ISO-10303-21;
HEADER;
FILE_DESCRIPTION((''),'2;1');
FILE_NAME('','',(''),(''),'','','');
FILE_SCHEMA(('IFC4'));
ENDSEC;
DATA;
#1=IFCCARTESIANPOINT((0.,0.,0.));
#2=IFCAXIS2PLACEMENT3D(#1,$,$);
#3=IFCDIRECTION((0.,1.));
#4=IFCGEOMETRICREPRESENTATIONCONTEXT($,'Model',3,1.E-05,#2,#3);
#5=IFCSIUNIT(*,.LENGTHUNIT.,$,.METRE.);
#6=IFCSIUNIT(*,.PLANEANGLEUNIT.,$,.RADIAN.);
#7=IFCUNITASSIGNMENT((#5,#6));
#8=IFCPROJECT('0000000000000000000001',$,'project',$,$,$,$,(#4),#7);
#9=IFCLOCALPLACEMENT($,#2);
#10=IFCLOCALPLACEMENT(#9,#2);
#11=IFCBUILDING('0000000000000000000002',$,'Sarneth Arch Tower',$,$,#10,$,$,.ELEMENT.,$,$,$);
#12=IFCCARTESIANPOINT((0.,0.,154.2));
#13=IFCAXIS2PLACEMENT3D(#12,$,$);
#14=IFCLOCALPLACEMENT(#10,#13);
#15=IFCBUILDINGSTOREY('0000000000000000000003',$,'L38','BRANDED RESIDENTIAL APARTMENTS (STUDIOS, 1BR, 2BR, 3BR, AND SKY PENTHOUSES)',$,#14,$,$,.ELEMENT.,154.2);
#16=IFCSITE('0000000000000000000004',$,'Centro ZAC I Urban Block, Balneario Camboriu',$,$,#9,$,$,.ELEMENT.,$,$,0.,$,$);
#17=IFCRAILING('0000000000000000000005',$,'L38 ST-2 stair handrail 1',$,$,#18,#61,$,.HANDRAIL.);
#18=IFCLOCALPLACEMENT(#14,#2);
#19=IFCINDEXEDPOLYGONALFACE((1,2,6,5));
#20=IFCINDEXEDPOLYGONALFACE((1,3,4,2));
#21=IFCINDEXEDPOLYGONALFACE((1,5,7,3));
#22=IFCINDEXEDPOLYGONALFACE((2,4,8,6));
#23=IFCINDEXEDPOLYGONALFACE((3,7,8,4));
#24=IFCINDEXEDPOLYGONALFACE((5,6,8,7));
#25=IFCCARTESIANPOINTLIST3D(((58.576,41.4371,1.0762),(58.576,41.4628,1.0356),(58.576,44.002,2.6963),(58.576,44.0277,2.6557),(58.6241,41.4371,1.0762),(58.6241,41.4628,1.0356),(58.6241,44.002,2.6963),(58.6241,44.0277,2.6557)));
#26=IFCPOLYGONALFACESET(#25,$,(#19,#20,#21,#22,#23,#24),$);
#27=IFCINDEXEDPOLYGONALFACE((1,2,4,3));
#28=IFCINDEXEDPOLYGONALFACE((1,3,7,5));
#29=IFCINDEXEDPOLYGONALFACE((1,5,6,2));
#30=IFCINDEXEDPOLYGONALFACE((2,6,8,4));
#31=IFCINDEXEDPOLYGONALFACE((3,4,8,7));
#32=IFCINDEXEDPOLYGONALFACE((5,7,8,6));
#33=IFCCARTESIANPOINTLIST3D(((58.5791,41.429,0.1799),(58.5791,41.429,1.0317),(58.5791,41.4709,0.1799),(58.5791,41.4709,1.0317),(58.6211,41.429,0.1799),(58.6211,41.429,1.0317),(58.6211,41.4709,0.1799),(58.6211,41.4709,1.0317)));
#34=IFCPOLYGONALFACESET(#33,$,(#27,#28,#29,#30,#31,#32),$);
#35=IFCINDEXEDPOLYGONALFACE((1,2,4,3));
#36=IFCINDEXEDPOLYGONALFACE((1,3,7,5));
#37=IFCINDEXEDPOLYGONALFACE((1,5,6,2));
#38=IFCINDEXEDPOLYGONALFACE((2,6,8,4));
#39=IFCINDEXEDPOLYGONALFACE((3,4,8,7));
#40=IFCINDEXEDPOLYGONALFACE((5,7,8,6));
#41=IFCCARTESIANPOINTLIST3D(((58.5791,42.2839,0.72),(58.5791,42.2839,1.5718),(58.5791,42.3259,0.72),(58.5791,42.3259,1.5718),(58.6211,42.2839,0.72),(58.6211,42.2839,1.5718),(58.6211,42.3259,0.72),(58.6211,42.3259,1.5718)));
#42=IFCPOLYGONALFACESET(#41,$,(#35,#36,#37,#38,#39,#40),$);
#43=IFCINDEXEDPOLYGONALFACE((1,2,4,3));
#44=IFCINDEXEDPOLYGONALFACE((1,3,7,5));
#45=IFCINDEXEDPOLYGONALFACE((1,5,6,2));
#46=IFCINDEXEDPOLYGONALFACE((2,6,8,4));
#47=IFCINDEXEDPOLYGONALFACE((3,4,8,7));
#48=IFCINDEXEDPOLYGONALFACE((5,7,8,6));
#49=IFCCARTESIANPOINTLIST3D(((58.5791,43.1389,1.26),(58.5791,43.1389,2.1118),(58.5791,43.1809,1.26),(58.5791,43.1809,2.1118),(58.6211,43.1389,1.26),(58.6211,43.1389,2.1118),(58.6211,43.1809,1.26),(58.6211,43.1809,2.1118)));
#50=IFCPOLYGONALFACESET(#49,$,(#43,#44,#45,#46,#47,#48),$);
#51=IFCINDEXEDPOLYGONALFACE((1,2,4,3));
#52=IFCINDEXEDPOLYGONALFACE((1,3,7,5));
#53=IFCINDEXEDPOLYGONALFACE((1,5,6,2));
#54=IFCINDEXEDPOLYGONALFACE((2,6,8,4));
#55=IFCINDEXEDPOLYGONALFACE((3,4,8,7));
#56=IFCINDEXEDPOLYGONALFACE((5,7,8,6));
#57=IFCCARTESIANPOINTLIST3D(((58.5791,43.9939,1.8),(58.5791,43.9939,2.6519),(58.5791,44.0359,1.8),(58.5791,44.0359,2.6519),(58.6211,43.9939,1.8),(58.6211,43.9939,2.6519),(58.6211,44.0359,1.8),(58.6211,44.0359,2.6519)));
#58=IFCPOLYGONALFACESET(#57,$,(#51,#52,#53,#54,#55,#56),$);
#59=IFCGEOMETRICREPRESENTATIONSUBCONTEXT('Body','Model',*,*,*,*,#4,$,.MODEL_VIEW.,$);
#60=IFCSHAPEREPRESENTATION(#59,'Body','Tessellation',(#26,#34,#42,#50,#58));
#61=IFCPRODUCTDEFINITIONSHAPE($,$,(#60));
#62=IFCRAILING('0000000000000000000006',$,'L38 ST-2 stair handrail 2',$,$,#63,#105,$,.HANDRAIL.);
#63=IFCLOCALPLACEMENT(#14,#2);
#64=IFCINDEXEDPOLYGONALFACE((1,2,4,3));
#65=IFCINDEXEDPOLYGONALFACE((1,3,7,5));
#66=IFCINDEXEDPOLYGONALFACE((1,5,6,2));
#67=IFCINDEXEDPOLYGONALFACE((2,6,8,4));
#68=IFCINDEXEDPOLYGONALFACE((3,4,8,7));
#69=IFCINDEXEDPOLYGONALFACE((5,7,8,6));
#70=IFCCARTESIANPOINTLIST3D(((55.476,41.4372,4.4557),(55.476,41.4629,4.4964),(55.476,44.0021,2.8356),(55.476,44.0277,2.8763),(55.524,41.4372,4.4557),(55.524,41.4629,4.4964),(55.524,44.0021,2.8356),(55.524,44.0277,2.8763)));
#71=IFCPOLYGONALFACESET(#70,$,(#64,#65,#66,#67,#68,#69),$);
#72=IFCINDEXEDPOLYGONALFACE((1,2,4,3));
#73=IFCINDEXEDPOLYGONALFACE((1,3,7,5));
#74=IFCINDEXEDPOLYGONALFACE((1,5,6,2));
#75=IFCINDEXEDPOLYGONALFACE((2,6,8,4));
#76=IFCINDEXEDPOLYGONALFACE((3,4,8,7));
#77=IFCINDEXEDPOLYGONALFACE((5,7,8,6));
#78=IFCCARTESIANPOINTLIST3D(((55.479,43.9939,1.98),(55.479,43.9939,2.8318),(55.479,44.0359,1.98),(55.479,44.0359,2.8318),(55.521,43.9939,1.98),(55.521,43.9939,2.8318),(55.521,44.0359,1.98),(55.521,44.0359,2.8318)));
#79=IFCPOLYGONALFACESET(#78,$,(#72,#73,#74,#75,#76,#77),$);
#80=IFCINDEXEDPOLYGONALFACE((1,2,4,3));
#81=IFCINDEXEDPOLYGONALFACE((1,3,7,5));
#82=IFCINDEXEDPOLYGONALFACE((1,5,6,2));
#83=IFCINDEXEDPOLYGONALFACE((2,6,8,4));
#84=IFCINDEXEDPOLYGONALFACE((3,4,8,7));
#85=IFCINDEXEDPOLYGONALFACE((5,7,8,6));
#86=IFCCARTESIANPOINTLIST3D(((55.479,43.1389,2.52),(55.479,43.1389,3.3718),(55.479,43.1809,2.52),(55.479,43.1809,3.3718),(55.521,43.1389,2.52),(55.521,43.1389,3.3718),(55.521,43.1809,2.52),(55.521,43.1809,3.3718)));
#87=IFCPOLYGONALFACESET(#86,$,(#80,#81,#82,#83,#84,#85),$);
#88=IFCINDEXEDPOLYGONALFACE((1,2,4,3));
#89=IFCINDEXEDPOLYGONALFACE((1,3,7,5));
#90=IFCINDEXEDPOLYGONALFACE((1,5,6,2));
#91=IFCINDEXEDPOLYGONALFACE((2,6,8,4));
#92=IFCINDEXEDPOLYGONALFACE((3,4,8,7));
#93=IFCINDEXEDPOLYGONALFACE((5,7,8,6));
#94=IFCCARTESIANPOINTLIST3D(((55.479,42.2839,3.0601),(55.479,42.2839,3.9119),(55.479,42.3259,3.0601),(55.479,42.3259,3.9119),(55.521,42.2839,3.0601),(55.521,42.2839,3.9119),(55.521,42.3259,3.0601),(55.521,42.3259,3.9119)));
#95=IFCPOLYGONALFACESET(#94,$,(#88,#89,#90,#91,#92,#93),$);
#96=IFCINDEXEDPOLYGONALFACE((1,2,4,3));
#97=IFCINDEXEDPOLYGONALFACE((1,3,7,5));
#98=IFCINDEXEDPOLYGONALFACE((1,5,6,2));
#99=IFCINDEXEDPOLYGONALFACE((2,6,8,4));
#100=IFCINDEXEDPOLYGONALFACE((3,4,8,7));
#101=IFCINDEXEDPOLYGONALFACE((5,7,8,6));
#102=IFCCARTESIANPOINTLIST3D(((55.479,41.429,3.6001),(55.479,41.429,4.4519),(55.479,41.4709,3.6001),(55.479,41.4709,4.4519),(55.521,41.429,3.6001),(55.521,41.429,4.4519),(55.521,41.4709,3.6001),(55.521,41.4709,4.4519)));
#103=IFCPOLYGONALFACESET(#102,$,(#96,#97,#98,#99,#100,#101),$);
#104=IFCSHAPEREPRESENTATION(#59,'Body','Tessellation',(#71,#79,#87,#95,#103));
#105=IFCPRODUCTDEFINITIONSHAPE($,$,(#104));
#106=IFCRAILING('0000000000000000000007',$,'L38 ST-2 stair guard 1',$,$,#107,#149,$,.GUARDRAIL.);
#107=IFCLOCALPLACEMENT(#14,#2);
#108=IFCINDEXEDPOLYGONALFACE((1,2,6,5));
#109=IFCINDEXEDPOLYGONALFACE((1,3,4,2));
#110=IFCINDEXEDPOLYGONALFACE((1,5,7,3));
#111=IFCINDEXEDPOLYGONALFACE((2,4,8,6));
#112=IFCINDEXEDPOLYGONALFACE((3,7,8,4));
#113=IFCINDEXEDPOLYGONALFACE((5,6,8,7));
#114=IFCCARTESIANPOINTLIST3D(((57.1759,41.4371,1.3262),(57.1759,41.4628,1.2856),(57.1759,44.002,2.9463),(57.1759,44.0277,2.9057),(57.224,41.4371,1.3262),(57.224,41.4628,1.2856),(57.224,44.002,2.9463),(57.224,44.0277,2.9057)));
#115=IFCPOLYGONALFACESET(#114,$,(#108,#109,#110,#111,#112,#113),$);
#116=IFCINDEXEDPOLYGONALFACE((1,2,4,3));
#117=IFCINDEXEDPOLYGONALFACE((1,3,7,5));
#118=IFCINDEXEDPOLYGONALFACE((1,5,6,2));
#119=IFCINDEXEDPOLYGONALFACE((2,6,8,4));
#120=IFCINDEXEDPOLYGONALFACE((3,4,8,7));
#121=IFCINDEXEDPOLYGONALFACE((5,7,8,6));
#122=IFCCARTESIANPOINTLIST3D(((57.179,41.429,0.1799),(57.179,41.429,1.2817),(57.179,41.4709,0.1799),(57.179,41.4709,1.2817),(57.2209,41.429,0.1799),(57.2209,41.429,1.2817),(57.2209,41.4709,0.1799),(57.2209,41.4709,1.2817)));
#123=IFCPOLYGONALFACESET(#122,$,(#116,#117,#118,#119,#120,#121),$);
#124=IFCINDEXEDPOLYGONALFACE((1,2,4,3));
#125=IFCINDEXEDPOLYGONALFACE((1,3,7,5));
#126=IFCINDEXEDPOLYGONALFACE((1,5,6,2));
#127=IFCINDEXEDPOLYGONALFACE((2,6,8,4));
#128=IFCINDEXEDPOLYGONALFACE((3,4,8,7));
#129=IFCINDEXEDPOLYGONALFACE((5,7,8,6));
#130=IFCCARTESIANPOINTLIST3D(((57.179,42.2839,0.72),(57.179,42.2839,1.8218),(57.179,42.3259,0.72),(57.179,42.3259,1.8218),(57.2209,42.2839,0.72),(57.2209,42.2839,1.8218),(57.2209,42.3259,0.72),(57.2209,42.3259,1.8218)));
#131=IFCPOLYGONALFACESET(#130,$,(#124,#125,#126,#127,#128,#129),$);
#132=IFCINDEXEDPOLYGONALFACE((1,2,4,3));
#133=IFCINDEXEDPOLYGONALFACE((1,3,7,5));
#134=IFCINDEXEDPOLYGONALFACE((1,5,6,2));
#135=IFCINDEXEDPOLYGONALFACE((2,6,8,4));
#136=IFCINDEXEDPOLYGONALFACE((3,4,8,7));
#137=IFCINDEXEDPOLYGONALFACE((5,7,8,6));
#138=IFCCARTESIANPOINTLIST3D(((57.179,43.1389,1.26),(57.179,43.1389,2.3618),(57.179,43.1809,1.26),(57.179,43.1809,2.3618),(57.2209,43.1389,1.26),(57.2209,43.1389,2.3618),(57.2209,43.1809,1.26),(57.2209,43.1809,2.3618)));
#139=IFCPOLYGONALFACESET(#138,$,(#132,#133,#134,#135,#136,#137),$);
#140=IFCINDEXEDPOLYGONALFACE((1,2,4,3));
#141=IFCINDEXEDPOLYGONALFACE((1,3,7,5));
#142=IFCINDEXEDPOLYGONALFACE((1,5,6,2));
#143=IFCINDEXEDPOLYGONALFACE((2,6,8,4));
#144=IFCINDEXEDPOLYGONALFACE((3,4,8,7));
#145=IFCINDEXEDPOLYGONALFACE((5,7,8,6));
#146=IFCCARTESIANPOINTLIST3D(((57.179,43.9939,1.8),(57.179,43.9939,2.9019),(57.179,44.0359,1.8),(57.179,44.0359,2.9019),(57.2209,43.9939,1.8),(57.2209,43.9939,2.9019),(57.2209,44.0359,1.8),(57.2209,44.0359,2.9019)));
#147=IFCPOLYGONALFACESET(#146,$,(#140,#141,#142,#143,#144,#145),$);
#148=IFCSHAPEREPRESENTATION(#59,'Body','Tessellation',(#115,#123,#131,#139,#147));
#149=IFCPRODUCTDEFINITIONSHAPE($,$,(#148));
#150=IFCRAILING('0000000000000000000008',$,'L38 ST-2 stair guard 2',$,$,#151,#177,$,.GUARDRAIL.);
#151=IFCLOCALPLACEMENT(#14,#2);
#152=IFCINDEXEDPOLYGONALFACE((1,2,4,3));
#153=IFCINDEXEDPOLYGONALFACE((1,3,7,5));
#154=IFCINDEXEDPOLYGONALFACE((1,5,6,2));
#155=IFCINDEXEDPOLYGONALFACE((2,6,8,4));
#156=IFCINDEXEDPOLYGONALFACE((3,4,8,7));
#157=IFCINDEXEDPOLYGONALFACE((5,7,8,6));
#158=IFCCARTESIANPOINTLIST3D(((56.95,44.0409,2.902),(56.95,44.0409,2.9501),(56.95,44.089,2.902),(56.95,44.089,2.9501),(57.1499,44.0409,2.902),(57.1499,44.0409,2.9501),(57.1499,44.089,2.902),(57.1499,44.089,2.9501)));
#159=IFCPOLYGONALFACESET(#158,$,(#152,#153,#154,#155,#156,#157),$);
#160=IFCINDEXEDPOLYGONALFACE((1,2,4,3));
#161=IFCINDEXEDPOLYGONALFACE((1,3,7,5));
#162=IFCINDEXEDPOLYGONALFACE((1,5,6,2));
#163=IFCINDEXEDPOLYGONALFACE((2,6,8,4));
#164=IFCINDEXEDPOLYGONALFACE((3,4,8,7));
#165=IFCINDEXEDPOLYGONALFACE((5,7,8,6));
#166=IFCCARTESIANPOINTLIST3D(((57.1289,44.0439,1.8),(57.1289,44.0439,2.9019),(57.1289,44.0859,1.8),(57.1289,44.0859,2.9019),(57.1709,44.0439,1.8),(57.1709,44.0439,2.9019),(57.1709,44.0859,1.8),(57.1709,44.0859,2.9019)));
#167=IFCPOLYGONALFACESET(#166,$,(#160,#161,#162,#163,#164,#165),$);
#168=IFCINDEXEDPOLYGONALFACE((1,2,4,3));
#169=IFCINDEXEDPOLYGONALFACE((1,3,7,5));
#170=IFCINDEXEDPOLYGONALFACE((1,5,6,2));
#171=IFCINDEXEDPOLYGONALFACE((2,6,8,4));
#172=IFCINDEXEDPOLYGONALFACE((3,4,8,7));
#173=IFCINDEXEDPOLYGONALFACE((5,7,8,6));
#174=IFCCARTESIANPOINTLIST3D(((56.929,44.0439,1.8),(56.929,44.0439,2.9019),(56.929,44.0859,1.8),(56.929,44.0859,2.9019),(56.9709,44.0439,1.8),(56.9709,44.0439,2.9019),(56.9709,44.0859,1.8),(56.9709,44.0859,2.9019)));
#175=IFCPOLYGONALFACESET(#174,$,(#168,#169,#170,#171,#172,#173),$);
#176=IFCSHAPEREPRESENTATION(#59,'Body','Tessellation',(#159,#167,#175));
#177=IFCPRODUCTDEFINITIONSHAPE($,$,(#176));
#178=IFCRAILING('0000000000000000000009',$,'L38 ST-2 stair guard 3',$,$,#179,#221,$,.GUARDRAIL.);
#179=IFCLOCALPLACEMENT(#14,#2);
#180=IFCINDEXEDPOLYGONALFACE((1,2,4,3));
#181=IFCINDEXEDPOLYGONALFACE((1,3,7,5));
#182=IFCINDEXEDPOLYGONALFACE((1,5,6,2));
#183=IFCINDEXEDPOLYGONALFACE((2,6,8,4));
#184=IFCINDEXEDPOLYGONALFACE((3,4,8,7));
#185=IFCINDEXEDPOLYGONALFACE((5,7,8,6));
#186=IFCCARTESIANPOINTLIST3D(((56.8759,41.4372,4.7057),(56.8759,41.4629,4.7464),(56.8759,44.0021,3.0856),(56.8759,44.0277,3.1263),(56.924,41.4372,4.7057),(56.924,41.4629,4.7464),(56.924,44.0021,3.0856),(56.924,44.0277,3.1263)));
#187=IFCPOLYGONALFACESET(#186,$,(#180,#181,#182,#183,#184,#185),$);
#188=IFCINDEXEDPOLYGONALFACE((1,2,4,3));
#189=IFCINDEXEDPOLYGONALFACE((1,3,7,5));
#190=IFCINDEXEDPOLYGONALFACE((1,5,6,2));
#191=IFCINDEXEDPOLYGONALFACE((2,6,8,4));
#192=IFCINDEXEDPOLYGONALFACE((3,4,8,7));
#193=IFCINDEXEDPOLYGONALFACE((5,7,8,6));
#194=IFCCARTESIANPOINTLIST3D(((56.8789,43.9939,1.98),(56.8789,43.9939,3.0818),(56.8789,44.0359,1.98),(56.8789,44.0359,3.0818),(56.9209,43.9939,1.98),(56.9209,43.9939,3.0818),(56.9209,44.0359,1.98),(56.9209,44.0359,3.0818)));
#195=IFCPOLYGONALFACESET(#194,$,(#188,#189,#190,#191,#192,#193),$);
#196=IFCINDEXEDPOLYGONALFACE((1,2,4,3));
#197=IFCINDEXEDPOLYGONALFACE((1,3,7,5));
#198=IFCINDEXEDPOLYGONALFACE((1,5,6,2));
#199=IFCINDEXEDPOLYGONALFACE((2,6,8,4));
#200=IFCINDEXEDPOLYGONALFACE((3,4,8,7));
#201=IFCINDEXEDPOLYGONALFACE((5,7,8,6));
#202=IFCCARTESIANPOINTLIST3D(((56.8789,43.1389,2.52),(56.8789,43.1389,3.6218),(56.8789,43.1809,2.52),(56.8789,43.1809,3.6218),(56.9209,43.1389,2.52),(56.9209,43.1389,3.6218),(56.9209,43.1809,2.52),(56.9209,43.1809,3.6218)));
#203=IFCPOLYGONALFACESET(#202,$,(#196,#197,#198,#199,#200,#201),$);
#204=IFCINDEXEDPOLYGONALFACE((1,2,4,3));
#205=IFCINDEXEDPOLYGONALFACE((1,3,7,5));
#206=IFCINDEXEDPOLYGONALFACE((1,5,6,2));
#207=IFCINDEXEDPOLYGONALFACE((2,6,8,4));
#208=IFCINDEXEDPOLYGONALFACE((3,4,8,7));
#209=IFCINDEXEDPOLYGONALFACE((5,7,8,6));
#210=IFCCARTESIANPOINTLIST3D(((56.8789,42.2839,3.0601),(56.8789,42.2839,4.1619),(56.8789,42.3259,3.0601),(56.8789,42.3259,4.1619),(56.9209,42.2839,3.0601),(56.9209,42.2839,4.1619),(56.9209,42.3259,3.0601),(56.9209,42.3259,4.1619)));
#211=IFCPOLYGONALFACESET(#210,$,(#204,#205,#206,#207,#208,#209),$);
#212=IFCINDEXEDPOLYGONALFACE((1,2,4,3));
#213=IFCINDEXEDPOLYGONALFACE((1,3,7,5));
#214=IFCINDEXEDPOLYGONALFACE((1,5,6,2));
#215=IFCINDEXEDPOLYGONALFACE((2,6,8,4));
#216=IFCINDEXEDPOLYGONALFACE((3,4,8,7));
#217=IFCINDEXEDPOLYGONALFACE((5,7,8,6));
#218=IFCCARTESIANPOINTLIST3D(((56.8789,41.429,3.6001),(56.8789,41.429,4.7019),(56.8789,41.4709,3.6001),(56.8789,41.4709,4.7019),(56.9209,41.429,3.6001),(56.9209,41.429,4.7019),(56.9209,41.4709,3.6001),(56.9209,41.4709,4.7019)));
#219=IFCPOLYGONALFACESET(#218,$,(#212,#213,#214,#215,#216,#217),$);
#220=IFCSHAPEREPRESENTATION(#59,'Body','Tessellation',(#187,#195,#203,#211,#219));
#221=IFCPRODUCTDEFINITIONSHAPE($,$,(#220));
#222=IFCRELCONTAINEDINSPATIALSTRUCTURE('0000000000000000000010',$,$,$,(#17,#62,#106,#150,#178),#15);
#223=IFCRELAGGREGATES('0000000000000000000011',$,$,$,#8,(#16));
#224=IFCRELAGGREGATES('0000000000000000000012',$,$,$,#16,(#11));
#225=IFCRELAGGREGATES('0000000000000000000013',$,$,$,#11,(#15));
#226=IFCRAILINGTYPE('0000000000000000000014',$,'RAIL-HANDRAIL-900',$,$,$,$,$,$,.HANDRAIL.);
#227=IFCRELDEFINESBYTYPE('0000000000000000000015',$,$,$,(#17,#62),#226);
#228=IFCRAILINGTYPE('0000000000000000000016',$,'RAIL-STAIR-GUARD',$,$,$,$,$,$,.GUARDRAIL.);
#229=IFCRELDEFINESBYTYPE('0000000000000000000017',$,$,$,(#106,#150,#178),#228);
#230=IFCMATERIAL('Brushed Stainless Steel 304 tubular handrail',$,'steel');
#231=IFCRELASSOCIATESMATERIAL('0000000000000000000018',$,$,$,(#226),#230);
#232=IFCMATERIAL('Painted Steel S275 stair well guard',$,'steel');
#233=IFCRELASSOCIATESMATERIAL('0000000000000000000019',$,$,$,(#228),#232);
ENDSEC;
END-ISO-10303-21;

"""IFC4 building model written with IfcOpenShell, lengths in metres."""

from ifc_helpers import new_model, si_unit, direction, frame, origin, origin_2d, place, context, subcontext, project, spatial, rectangle, extrude, material, type_object, element, save


model = new_model("IFC4")

# Units and contexts
model_context = context("Model", 3, precision=1e-05, world=origin(), true_north=direction((0.0, 1.0)))
body_context = subcontext(model_context, "Body", "Model", "MODEL_VIEW")
ifc_project = project(units=[si_unit("LENGTHUNIT", "METRE"), si_unit("PLANEANGLEUNIT", "RADIAN")], contexts=[model_context])

# Site, building, storey
site_placement = place(None, origin())
site = spatial("IfcSite", under=ifc_project, at=site_placement, Name="Centro ZAC I Urban Block, Balneario Camboriu", CompositionType="ELEMENT", RefElevation=0.0)
building_placement = place(site_placement, origin())
building = spatial("IfcBuilding", under=site, at=building_placement, Name="Sarneth Arch Tower", CompositionType="ELEMENT")
storey_placement = place(building_placement, frame((0.0, 0.0, 154.2)))
storey = spatial("IfcBuildingStorey", under=building, at=storey_placement, Name="L38", Description="BRANDED RESIDENTIAL APARTMENTS (STUDIOS, 1BR, 2BR, 3BR, AND SKY PENTHOUSES)", CompositionType="ELEMENT", Elevation=154.2)

# Railings
ifc_material_1 = material(Name="Brushed Stainless Steel 304 tubular handrail", Category="steel")
railing_type_1 = type_object("IfcRailingType", Name="RAIL-HANDRAIL-900", PredefinedType="HANDRAIL", material=ifc_material_1)
railing_1_placement = place(storey_placement, frame((58.6001, 41.45, 0.1799)))
element("IfcRailing", 1, at=railing_1_placement, inside=storey, type_object=railing_type_1, Name="L38 ST-2 stair handrail 1", PredefinedType="HANDRAIL", context=body_context, shape_type="SweptSolid", body=[
    extrude(rectangle(XDim=0.0481, YDim=0.0481, at=origin_2d()), frame((0.0, 0.0, 0.876), z_axis=(0.0, 0.845466, 0.534029), x_axis=(-1.0, 0.0, 0.0)), (0.0, 0.0, 1.0), 3.0337),
    extrude(rectangle(XDim=0.042, YDim=0.042, at=origin_2d()), origin(), (0.0, 0.0, 1.0), 0.8518),
    extrude(rectangle(XDim=0.042, YDim=0.042, at=origin_2d()), frame((0.0, 0.855, 0.54)), (0.0, 0.0, 1.0), 0.8518),
    extrude(rectangle(XDim=0.042, YDim=0.042, at=origin_2d()), frame((0.0, 1.71, 1.0801)), (0.0, 0.0, 1.0), 0.8518),
    extrude(rectangle(XDim=0.042, YDim=0.042, at=origin_2d()), frame((0.0, 2.5649, 1.6201)), (0.0, 0.0, 1.0), 0.8518),
])
railing_2_placement = place(storey_placement, frame((55.5, 44.0149, 1.98)))
element("IfcRailing", 2, at=railing_2_placement, inside=storey, type_object=railing_type_1, Name="L38 ST-2 stair handrail 2", PredefinedType="HANDRAIL", context=body_context, shape_type="SweptSolid", body=[
    extrude(rectangle(XDim=0.0481, YDim=0.0481, at=origin_2d()), frame((0.0, 0.0, 0.876), z_axis=(0.0, -0.845466, 0.534029), x_axis=(1.0, 0.0, 0.0)), (0.0, 0.0, 1.0), 3.0337),
    extrude(rectangle(XDim=0.042, YDim=0.042, at=origin_2d()), origin(), (0.0, 0.0, 1.0), 0.8518),
    extrude(rectangle(XDim=0.042, YDim=0.042, at=origin_2d()), frame((0.0, -0.855, 0.54)), (0.0, 0.0, 1.0), 0.8518),
    extrude(rectangle(XDim=0.042, YDim=0.042, at=origin_2d()), frame((0.0, -1.71, 1.0801)), (0.0, 0.0, 1.0), 0.8518),
    extrude(rectangle(XDim=0.042, YDim=0.042, at=origin_2d()), frame((0.0, -2.5649, 1.6201)), (0.0, 0.0, 1.0), 0.8518),
])
ifc_material_2 = material(Name="Painted Steel S275 stair well guard", Category="steel")
railing_type_2 = type_object("IfcRailingType", Name="RAIL-STAIR-GUARD", PredefinedType="GUARDRAIL", material=ifc_material_2)
railing_3_placement = place(storey_placement, frame((57.2, 41.45, 0.1799)))
element("IfcRailing", 3, at=railing_3_placement, inside=storey, type_object=railing_type_2, Name="L38 ST-2 stair guard 1", PredefinedType="GUARDRAIL", context=body_context, shape_type="SweptSolid", body=[
    extrude(rectangle(XDim=0.0481, YDim=0.0481, at=origin_2d()), frame((0.0, 0.0, 1.126), z_axis=(0.0, 0.845466, 0.534029), x_axis=(-1.0, 0.0, 0.0)), (0.0, 0.0, 1.0), 3.0337),
    extrude(rectangle(XDim=0.042, YDim=0.042, at=origin_2d()), origin(), (0.0, 0.0, 1.0), 1.1018),
    extrude(rectangle(XDim=0.042, YDim=0.042, at=origin_2d()), frame((0.0, 0.855, 0.54)), (0.0, 0.0, 1.0), 1.1018),
    extrude(rectangle(XDim=0.042, YDim=0.042, at=origin_2d()), frame((0.0, 1.71, 1.0801)), (0.0, 0.0, 1.0), 1.1018),
    extrude(rectangle(XDim=0.042, YDim=0.042, at=origin_2d()), frame((0.0, 2.5649, 1.6201)), (0.0, 0.0, 1.0), 1.1018),
])
railing_4_placement = place(storey_placement, frame((57.1499, 44.0649, 1.8)))
element("IfcRailing", 4, at=railing_4_placement, inside=storey, type_object=railing_type_2, Name="L38 ST-2 stair guard 2", PredefinedType="GUARDRAIL", context=body_context, shape_type="SweptSolid", body=[
    extrude(rectangle(XDim=0.0481, YDim=0.0481, at=origin_2d()), frame((0.0, 0.0, 1.126), z_axis=(-1.0, 0.0, 0.0), x_axis=(0.0, -1.0, 0.0)), (0.0, 0.0, 1.0), 0.2),
    extrude(rectangle(XDim=0.042, YDim=0.042, at=origin_2d()), origin(), (0.0, 0.0, 1.0), 1.1018),
    extrude(rectangle(XDim=0.042, YDim=0.042, at=origin_2d()), frame((-0.2, 0.0, 0.0)), (0.0, 0.0, 1.0), 1.1018),
])
railing_5_placement = place(storey_placement, frame((56.8999, 44.0149, 1.98)))
element("IfcRailing", 5, at=railing_5_placement, inside=storey, type_object=railing_type_2, Name="L38 ST-2 stair guard 3", PredefinedType="GUARDRAIL", context=body_context, shape_type="SweptSolid", body=[
    extrude(rectangle(XDim=0.0481, YDim=0.0481, at=origin_2d()), frame((0.0, 0.0, 1.126), z_axis=(0.0, -0.845466, 0.534029), x_axis=(1.0, 0.0, 0.0)), (0.0, 0.0, 1.0), 3.0337),
    extrude(rectangle(XDim=0.042, YDim=0.042, at=origin_2d()), origin(), (0.0, 0.0, 1.0), 1.1018),
    extrude(rectangle(XDim=0.042, YDim=0.042, at=origin_2d()), frame((0.0, -0.855, 0.54)), (0.0, 0.0, 1.0), 1.1018),
    extrude(rectangle(XDim=0.042, YDim=0.042, at=origin_2d()), frame((0.0, -1.71, 1.0801)), (0.0, 0.0, 1.0), 1.1018),
    extrude(rectangle(XDim=0.042, YDim=0.042, at=origin_2d()), frame((0.0, -2.5649, 1.6201)), (0.0, 0.0, 1.0), 1.1018),
])

save(model, "model.ifc")
